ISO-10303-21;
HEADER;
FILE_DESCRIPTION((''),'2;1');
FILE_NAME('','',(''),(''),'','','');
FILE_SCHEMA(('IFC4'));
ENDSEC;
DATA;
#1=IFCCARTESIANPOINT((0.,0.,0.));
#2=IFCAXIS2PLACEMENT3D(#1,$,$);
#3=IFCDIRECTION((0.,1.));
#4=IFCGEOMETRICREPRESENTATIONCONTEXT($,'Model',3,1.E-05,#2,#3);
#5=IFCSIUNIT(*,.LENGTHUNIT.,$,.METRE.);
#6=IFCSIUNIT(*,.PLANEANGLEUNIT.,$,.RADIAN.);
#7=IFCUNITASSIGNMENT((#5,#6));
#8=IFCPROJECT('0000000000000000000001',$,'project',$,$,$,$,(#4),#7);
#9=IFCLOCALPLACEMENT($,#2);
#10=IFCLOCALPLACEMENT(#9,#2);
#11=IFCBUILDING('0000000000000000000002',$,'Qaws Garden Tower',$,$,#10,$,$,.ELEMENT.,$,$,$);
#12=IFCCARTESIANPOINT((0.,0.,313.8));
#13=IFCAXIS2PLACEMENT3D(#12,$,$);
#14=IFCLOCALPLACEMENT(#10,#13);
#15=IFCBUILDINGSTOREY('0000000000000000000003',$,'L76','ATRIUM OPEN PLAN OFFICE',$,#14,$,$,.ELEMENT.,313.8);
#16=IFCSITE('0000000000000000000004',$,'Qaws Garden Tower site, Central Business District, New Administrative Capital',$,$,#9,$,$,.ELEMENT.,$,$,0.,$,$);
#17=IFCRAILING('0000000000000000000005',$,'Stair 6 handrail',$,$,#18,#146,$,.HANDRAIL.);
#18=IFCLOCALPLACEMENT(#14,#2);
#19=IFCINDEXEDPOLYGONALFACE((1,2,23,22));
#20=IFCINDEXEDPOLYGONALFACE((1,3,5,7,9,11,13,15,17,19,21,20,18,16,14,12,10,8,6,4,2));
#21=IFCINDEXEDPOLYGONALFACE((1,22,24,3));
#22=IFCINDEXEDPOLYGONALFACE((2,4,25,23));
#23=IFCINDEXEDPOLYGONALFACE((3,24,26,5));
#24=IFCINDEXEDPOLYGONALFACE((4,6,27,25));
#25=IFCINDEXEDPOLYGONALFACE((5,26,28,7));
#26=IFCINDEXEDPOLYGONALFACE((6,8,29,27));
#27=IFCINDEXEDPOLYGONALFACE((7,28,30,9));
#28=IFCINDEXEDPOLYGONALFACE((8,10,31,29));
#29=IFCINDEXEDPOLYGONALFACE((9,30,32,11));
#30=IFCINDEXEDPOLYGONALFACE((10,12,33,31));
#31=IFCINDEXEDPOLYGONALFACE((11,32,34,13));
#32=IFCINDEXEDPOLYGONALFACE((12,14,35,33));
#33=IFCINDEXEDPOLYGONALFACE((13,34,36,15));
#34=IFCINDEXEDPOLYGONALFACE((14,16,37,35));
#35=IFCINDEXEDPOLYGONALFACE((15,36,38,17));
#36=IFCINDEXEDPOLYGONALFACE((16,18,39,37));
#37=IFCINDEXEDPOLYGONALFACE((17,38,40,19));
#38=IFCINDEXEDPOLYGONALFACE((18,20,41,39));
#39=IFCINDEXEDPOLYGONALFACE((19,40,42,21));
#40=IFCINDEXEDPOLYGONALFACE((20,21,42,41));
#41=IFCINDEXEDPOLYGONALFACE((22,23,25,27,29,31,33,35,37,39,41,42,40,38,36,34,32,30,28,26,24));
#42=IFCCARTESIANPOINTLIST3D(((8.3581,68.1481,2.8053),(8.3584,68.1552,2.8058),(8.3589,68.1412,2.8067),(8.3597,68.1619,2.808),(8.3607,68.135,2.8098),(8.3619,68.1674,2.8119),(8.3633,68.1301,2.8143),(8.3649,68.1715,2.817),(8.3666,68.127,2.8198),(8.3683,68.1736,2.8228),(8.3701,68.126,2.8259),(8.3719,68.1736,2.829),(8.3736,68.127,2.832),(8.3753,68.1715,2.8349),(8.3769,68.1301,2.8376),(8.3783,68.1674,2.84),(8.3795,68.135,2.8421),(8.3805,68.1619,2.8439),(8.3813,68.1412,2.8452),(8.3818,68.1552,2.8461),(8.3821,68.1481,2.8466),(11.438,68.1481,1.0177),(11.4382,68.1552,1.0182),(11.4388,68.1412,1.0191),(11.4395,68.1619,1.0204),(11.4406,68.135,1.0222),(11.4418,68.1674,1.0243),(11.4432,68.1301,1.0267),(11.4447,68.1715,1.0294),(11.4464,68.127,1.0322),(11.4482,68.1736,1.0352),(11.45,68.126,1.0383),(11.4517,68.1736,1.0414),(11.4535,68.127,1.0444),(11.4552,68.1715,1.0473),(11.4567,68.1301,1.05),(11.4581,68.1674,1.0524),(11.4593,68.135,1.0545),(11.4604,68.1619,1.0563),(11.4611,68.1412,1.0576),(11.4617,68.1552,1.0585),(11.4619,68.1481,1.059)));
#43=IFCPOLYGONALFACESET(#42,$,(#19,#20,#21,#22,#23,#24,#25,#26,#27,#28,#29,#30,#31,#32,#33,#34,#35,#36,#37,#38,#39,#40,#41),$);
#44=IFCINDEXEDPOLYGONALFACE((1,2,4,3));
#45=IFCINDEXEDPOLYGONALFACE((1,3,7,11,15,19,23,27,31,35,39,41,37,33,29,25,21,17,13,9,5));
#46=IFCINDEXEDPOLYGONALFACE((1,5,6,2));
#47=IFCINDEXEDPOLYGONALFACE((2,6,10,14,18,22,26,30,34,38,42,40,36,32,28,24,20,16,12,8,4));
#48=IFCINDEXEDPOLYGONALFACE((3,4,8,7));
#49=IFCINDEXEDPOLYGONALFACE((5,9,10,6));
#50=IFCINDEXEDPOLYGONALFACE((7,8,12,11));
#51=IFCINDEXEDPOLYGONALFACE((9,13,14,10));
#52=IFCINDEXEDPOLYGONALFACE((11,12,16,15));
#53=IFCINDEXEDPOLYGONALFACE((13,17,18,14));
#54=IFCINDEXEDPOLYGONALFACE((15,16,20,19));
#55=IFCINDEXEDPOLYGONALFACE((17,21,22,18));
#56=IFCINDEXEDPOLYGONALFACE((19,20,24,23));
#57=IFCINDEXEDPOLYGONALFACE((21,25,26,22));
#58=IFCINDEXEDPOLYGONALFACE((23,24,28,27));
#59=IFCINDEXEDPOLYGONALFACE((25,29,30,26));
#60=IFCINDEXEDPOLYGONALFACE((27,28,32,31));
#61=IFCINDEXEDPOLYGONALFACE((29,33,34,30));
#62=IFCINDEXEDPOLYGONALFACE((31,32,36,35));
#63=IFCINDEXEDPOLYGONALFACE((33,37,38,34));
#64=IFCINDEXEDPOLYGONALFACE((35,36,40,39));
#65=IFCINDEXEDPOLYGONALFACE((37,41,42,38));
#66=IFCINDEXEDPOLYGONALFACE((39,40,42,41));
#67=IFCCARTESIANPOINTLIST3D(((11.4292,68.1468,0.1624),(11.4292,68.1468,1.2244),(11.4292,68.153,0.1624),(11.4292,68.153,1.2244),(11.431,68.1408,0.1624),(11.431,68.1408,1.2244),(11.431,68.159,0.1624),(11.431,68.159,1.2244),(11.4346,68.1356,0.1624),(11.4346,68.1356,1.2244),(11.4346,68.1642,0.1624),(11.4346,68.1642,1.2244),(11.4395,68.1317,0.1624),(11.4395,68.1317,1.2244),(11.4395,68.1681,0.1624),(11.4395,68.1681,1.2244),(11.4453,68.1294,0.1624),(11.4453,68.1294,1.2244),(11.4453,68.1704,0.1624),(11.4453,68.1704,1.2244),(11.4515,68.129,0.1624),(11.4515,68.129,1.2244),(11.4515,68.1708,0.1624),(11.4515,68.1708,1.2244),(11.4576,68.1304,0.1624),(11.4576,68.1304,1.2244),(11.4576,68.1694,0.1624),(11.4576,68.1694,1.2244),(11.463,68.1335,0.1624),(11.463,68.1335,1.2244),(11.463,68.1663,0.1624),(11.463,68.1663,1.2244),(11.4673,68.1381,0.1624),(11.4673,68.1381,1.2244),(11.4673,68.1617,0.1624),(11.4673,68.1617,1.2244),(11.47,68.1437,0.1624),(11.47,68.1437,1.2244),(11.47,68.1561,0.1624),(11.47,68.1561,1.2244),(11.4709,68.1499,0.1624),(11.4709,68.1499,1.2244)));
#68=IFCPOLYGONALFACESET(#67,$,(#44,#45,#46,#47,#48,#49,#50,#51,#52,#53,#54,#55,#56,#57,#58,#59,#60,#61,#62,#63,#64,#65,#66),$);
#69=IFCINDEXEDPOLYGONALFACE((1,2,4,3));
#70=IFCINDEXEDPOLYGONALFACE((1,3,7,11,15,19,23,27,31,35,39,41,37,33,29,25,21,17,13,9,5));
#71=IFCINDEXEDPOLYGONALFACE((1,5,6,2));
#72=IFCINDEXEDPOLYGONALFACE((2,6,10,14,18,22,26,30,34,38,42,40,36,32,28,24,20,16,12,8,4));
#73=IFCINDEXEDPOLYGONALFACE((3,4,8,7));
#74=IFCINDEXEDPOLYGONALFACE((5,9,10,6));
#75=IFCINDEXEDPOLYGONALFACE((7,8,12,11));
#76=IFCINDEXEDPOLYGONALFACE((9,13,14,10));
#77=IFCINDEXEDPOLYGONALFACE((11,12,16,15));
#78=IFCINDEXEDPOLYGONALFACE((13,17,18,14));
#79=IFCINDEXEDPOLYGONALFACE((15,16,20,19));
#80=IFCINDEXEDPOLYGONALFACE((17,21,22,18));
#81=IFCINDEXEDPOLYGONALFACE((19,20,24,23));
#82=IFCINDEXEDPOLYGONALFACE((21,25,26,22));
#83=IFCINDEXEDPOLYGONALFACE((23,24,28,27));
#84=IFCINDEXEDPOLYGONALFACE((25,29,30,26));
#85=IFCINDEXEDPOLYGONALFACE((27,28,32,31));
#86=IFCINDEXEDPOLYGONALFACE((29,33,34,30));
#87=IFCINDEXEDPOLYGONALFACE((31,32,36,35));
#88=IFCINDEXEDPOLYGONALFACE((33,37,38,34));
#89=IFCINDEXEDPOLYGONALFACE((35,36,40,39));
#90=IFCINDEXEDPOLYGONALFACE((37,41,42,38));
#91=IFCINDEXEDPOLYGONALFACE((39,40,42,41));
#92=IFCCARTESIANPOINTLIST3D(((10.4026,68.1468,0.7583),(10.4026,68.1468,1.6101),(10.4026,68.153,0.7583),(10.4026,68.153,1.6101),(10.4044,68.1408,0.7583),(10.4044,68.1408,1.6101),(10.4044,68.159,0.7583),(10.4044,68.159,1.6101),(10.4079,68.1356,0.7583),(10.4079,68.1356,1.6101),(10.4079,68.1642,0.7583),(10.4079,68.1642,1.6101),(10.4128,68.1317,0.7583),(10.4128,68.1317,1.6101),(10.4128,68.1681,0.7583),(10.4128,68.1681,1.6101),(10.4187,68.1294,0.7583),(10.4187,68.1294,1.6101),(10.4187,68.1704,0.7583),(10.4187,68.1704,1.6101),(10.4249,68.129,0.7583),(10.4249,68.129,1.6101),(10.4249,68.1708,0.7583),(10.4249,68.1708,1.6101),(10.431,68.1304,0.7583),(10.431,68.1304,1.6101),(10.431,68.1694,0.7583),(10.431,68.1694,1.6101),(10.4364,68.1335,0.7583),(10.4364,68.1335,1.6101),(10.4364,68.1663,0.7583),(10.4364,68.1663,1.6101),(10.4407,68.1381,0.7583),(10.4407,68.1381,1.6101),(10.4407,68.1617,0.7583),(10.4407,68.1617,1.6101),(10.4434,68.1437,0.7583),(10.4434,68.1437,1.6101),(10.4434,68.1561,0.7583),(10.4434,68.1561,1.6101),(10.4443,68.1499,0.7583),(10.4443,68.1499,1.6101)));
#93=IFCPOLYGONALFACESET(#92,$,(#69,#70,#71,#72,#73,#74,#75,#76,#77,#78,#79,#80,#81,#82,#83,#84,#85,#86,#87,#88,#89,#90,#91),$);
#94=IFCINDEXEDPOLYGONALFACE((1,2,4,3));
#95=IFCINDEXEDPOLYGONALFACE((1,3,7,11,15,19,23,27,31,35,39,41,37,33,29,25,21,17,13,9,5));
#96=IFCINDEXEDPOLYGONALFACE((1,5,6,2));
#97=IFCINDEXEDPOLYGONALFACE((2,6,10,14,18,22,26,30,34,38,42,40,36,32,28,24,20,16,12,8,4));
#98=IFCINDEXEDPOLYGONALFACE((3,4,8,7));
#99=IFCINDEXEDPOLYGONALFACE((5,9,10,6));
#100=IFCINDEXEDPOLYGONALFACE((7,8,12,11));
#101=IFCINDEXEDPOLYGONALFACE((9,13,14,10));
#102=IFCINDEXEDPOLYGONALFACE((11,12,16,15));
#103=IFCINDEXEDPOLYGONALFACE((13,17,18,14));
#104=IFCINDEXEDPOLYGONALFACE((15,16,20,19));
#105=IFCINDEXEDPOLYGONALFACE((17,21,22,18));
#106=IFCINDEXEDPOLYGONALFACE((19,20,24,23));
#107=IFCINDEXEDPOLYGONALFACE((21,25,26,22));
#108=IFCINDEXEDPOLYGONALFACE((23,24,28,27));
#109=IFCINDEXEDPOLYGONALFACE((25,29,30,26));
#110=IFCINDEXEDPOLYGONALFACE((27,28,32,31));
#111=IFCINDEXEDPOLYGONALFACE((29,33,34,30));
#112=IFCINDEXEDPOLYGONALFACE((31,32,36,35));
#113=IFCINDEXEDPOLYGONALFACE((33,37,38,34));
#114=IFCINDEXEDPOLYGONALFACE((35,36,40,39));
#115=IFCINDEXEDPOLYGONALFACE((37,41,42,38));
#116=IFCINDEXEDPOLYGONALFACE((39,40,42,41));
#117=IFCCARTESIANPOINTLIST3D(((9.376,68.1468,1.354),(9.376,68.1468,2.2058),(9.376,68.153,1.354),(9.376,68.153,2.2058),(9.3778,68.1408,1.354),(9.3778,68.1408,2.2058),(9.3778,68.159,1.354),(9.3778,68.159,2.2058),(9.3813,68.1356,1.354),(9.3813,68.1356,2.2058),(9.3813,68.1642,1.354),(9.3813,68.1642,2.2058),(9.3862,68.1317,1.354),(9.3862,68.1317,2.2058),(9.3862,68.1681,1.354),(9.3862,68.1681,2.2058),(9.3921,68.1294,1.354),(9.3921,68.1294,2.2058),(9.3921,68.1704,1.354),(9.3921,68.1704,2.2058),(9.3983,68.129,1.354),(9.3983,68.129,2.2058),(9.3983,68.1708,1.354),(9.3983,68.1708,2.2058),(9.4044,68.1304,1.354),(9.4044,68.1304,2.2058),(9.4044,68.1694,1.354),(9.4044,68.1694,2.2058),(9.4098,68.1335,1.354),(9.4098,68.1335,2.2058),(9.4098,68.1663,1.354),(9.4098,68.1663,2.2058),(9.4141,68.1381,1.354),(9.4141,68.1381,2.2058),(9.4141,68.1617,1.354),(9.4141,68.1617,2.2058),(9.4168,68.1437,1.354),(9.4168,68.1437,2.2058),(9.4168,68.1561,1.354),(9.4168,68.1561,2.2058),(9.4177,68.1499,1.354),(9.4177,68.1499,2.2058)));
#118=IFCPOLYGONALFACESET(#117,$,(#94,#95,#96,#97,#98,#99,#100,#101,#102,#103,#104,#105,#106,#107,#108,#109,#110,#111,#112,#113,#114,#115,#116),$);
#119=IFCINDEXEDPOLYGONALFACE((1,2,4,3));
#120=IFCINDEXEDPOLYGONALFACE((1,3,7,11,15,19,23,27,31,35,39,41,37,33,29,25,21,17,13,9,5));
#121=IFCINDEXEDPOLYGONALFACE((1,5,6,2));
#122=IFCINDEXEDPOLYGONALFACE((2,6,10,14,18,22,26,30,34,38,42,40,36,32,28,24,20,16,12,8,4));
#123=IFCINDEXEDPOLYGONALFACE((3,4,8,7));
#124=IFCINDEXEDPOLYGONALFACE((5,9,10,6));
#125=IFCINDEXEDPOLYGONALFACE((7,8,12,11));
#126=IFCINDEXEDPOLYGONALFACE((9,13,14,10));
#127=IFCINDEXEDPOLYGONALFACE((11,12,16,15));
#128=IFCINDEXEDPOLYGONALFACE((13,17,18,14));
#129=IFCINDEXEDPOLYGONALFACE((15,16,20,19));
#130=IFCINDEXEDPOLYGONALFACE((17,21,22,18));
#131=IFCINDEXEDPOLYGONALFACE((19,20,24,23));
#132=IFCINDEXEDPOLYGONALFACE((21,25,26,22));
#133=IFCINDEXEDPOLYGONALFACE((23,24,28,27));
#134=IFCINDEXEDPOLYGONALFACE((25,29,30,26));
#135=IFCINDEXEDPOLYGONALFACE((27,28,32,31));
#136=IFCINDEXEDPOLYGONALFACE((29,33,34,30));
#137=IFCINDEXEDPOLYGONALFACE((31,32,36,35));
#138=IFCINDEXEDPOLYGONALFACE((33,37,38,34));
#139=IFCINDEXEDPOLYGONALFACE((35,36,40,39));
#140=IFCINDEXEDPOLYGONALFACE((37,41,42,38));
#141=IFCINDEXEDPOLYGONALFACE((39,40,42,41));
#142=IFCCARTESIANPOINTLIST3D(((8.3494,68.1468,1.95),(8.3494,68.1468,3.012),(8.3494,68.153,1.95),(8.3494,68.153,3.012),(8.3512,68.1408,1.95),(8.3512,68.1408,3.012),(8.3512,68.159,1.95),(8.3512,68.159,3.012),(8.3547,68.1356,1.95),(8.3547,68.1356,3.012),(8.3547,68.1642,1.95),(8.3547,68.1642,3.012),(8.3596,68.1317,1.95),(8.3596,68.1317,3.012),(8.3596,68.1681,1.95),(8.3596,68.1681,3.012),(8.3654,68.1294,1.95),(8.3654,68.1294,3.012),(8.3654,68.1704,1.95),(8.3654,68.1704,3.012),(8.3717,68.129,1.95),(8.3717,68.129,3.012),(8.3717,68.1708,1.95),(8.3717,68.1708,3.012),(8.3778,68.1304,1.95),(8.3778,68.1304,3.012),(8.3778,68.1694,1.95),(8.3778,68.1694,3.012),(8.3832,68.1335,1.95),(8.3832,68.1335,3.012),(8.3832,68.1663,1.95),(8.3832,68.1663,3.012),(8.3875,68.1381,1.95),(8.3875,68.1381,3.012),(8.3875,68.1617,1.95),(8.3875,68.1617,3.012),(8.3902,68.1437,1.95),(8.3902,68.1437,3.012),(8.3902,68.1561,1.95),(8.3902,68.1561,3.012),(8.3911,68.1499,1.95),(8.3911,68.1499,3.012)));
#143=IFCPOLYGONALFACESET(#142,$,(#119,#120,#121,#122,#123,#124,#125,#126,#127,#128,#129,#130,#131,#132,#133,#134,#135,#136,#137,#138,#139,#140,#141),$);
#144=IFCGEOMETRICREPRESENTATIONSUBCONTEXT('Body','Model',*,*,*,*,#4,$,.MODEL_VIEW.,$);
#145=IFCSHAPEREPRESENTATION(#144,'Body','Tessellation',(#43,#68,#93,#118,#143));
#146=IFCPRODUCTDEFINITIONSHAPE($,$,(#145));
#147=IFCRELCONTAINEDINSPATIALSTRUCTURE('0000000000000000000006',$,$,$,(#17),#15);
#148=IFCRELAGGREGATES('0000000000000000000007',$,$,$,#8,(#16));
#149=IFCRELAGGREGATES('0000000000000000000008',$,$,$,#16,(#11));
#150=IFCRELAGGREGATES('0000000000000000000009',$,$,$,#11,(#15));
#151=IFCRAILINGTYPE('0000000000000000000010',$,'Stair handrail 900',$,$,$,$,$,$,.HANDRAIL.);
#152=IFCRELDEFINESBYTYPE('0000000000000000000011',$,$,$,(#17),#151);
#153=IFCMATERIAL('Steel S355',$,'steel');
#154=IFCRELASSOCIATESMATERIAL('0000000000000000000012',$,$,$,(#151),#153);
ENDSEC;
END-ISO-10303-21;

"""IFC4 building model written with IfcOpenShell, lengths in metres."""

from ifc_helpers import new_model, si_unit, direction, frame, origin, origin_2d, place, context, subcontext, project, spatial, circle, extrude, material, type_object, element, save


model = new_model("IFC4")

# Units and contexts
model_context = context("Model", 3, precision=1e-05, world=origin(), true_north=direction((0.0, 1.0)))
body_context = subcontext(model_context, "Body", "Model", "MODEL_VIEW")
ifc_project = project(units=[si_unit("LENGTHUNIT", "METRE"), si_unit("PLANEANGLEUNIT", "RADIAN")], contexts=[model_context])

# Site, building, storey
site_placement = place(None, origin())
site = spatial("IfcSite", under=ifc_project, at=site_placement, Name="Qaws Garden Tower site, Central Business District, New Administrative Capital", CompositionType="ELEMENT", RefElevation=0.0)
building_placement = place(site_placement, origin())
building = spatial("IfcBuilding", under=site, at=building_placement, Name="Qaws Garden Tower", CompositionType="ELEMENT")
storey_placement = place(building_placement, frame((0.0, 0.0, 313.8)))
storey = spatial("IfcBuildingStorey", under=building, at=storey_placement, Name="L76", Description="ATRIUM OPEN PLAN OFFICE", CompositionType="ELEMENT", Elevation=313.8)

# Railing
ifc_material_1 = material(Name="Steel S355", Category="steel")
railing_type = type_object("IfcRailingType", Name="Stair handrail 900", PredefinedType="HANDRAIL", material=ifc_material_1)
railing_1_placement = place(storey_placement, frame((11.45, 68.1499, 0.1624)))
element("IfcRailing", 1, at=railing_1_placement, inside=storey, type_object=railing_type, Name="Stair 6 handrail", PredefinedType="HANDRAIL", context=body_context, shape_type="SweptSolid", body=[
    extrude(circle(Radius=0.0239, at=origin_2d()), frame((0.0, 0.0, 0.876), z_axis=(-0.864873, 0.0, 0.50199), x_axis=(0.0, -1.0, 0.0)), (0.0, 0.0, 1.0), 3.561),
    extrude(circle(Radius=0.021, at=origin_2d()), origin(), (0.0, 0.0, 1.0), 1.062),
    extrude(circle(Radius=0.021, at=origin_2d()), frame((-1.0266, 0.0, 0.5959)), (0.0, 0.0, 1.0), 0.8518),
    extrude(circle(Radius=0.021, at=origin_2d()), frame((-2.0532, 0.0, 1.1917)), (0.0, 0.0, 1.0), 0.8518),
    extrude(circle(Radius=0.021, at=origin_2d()), frame((-3.0798, 0.0, 1.7876)), (0.0, 0.0, 1.0), 1.062),
])

save(model, "model.ifc")
